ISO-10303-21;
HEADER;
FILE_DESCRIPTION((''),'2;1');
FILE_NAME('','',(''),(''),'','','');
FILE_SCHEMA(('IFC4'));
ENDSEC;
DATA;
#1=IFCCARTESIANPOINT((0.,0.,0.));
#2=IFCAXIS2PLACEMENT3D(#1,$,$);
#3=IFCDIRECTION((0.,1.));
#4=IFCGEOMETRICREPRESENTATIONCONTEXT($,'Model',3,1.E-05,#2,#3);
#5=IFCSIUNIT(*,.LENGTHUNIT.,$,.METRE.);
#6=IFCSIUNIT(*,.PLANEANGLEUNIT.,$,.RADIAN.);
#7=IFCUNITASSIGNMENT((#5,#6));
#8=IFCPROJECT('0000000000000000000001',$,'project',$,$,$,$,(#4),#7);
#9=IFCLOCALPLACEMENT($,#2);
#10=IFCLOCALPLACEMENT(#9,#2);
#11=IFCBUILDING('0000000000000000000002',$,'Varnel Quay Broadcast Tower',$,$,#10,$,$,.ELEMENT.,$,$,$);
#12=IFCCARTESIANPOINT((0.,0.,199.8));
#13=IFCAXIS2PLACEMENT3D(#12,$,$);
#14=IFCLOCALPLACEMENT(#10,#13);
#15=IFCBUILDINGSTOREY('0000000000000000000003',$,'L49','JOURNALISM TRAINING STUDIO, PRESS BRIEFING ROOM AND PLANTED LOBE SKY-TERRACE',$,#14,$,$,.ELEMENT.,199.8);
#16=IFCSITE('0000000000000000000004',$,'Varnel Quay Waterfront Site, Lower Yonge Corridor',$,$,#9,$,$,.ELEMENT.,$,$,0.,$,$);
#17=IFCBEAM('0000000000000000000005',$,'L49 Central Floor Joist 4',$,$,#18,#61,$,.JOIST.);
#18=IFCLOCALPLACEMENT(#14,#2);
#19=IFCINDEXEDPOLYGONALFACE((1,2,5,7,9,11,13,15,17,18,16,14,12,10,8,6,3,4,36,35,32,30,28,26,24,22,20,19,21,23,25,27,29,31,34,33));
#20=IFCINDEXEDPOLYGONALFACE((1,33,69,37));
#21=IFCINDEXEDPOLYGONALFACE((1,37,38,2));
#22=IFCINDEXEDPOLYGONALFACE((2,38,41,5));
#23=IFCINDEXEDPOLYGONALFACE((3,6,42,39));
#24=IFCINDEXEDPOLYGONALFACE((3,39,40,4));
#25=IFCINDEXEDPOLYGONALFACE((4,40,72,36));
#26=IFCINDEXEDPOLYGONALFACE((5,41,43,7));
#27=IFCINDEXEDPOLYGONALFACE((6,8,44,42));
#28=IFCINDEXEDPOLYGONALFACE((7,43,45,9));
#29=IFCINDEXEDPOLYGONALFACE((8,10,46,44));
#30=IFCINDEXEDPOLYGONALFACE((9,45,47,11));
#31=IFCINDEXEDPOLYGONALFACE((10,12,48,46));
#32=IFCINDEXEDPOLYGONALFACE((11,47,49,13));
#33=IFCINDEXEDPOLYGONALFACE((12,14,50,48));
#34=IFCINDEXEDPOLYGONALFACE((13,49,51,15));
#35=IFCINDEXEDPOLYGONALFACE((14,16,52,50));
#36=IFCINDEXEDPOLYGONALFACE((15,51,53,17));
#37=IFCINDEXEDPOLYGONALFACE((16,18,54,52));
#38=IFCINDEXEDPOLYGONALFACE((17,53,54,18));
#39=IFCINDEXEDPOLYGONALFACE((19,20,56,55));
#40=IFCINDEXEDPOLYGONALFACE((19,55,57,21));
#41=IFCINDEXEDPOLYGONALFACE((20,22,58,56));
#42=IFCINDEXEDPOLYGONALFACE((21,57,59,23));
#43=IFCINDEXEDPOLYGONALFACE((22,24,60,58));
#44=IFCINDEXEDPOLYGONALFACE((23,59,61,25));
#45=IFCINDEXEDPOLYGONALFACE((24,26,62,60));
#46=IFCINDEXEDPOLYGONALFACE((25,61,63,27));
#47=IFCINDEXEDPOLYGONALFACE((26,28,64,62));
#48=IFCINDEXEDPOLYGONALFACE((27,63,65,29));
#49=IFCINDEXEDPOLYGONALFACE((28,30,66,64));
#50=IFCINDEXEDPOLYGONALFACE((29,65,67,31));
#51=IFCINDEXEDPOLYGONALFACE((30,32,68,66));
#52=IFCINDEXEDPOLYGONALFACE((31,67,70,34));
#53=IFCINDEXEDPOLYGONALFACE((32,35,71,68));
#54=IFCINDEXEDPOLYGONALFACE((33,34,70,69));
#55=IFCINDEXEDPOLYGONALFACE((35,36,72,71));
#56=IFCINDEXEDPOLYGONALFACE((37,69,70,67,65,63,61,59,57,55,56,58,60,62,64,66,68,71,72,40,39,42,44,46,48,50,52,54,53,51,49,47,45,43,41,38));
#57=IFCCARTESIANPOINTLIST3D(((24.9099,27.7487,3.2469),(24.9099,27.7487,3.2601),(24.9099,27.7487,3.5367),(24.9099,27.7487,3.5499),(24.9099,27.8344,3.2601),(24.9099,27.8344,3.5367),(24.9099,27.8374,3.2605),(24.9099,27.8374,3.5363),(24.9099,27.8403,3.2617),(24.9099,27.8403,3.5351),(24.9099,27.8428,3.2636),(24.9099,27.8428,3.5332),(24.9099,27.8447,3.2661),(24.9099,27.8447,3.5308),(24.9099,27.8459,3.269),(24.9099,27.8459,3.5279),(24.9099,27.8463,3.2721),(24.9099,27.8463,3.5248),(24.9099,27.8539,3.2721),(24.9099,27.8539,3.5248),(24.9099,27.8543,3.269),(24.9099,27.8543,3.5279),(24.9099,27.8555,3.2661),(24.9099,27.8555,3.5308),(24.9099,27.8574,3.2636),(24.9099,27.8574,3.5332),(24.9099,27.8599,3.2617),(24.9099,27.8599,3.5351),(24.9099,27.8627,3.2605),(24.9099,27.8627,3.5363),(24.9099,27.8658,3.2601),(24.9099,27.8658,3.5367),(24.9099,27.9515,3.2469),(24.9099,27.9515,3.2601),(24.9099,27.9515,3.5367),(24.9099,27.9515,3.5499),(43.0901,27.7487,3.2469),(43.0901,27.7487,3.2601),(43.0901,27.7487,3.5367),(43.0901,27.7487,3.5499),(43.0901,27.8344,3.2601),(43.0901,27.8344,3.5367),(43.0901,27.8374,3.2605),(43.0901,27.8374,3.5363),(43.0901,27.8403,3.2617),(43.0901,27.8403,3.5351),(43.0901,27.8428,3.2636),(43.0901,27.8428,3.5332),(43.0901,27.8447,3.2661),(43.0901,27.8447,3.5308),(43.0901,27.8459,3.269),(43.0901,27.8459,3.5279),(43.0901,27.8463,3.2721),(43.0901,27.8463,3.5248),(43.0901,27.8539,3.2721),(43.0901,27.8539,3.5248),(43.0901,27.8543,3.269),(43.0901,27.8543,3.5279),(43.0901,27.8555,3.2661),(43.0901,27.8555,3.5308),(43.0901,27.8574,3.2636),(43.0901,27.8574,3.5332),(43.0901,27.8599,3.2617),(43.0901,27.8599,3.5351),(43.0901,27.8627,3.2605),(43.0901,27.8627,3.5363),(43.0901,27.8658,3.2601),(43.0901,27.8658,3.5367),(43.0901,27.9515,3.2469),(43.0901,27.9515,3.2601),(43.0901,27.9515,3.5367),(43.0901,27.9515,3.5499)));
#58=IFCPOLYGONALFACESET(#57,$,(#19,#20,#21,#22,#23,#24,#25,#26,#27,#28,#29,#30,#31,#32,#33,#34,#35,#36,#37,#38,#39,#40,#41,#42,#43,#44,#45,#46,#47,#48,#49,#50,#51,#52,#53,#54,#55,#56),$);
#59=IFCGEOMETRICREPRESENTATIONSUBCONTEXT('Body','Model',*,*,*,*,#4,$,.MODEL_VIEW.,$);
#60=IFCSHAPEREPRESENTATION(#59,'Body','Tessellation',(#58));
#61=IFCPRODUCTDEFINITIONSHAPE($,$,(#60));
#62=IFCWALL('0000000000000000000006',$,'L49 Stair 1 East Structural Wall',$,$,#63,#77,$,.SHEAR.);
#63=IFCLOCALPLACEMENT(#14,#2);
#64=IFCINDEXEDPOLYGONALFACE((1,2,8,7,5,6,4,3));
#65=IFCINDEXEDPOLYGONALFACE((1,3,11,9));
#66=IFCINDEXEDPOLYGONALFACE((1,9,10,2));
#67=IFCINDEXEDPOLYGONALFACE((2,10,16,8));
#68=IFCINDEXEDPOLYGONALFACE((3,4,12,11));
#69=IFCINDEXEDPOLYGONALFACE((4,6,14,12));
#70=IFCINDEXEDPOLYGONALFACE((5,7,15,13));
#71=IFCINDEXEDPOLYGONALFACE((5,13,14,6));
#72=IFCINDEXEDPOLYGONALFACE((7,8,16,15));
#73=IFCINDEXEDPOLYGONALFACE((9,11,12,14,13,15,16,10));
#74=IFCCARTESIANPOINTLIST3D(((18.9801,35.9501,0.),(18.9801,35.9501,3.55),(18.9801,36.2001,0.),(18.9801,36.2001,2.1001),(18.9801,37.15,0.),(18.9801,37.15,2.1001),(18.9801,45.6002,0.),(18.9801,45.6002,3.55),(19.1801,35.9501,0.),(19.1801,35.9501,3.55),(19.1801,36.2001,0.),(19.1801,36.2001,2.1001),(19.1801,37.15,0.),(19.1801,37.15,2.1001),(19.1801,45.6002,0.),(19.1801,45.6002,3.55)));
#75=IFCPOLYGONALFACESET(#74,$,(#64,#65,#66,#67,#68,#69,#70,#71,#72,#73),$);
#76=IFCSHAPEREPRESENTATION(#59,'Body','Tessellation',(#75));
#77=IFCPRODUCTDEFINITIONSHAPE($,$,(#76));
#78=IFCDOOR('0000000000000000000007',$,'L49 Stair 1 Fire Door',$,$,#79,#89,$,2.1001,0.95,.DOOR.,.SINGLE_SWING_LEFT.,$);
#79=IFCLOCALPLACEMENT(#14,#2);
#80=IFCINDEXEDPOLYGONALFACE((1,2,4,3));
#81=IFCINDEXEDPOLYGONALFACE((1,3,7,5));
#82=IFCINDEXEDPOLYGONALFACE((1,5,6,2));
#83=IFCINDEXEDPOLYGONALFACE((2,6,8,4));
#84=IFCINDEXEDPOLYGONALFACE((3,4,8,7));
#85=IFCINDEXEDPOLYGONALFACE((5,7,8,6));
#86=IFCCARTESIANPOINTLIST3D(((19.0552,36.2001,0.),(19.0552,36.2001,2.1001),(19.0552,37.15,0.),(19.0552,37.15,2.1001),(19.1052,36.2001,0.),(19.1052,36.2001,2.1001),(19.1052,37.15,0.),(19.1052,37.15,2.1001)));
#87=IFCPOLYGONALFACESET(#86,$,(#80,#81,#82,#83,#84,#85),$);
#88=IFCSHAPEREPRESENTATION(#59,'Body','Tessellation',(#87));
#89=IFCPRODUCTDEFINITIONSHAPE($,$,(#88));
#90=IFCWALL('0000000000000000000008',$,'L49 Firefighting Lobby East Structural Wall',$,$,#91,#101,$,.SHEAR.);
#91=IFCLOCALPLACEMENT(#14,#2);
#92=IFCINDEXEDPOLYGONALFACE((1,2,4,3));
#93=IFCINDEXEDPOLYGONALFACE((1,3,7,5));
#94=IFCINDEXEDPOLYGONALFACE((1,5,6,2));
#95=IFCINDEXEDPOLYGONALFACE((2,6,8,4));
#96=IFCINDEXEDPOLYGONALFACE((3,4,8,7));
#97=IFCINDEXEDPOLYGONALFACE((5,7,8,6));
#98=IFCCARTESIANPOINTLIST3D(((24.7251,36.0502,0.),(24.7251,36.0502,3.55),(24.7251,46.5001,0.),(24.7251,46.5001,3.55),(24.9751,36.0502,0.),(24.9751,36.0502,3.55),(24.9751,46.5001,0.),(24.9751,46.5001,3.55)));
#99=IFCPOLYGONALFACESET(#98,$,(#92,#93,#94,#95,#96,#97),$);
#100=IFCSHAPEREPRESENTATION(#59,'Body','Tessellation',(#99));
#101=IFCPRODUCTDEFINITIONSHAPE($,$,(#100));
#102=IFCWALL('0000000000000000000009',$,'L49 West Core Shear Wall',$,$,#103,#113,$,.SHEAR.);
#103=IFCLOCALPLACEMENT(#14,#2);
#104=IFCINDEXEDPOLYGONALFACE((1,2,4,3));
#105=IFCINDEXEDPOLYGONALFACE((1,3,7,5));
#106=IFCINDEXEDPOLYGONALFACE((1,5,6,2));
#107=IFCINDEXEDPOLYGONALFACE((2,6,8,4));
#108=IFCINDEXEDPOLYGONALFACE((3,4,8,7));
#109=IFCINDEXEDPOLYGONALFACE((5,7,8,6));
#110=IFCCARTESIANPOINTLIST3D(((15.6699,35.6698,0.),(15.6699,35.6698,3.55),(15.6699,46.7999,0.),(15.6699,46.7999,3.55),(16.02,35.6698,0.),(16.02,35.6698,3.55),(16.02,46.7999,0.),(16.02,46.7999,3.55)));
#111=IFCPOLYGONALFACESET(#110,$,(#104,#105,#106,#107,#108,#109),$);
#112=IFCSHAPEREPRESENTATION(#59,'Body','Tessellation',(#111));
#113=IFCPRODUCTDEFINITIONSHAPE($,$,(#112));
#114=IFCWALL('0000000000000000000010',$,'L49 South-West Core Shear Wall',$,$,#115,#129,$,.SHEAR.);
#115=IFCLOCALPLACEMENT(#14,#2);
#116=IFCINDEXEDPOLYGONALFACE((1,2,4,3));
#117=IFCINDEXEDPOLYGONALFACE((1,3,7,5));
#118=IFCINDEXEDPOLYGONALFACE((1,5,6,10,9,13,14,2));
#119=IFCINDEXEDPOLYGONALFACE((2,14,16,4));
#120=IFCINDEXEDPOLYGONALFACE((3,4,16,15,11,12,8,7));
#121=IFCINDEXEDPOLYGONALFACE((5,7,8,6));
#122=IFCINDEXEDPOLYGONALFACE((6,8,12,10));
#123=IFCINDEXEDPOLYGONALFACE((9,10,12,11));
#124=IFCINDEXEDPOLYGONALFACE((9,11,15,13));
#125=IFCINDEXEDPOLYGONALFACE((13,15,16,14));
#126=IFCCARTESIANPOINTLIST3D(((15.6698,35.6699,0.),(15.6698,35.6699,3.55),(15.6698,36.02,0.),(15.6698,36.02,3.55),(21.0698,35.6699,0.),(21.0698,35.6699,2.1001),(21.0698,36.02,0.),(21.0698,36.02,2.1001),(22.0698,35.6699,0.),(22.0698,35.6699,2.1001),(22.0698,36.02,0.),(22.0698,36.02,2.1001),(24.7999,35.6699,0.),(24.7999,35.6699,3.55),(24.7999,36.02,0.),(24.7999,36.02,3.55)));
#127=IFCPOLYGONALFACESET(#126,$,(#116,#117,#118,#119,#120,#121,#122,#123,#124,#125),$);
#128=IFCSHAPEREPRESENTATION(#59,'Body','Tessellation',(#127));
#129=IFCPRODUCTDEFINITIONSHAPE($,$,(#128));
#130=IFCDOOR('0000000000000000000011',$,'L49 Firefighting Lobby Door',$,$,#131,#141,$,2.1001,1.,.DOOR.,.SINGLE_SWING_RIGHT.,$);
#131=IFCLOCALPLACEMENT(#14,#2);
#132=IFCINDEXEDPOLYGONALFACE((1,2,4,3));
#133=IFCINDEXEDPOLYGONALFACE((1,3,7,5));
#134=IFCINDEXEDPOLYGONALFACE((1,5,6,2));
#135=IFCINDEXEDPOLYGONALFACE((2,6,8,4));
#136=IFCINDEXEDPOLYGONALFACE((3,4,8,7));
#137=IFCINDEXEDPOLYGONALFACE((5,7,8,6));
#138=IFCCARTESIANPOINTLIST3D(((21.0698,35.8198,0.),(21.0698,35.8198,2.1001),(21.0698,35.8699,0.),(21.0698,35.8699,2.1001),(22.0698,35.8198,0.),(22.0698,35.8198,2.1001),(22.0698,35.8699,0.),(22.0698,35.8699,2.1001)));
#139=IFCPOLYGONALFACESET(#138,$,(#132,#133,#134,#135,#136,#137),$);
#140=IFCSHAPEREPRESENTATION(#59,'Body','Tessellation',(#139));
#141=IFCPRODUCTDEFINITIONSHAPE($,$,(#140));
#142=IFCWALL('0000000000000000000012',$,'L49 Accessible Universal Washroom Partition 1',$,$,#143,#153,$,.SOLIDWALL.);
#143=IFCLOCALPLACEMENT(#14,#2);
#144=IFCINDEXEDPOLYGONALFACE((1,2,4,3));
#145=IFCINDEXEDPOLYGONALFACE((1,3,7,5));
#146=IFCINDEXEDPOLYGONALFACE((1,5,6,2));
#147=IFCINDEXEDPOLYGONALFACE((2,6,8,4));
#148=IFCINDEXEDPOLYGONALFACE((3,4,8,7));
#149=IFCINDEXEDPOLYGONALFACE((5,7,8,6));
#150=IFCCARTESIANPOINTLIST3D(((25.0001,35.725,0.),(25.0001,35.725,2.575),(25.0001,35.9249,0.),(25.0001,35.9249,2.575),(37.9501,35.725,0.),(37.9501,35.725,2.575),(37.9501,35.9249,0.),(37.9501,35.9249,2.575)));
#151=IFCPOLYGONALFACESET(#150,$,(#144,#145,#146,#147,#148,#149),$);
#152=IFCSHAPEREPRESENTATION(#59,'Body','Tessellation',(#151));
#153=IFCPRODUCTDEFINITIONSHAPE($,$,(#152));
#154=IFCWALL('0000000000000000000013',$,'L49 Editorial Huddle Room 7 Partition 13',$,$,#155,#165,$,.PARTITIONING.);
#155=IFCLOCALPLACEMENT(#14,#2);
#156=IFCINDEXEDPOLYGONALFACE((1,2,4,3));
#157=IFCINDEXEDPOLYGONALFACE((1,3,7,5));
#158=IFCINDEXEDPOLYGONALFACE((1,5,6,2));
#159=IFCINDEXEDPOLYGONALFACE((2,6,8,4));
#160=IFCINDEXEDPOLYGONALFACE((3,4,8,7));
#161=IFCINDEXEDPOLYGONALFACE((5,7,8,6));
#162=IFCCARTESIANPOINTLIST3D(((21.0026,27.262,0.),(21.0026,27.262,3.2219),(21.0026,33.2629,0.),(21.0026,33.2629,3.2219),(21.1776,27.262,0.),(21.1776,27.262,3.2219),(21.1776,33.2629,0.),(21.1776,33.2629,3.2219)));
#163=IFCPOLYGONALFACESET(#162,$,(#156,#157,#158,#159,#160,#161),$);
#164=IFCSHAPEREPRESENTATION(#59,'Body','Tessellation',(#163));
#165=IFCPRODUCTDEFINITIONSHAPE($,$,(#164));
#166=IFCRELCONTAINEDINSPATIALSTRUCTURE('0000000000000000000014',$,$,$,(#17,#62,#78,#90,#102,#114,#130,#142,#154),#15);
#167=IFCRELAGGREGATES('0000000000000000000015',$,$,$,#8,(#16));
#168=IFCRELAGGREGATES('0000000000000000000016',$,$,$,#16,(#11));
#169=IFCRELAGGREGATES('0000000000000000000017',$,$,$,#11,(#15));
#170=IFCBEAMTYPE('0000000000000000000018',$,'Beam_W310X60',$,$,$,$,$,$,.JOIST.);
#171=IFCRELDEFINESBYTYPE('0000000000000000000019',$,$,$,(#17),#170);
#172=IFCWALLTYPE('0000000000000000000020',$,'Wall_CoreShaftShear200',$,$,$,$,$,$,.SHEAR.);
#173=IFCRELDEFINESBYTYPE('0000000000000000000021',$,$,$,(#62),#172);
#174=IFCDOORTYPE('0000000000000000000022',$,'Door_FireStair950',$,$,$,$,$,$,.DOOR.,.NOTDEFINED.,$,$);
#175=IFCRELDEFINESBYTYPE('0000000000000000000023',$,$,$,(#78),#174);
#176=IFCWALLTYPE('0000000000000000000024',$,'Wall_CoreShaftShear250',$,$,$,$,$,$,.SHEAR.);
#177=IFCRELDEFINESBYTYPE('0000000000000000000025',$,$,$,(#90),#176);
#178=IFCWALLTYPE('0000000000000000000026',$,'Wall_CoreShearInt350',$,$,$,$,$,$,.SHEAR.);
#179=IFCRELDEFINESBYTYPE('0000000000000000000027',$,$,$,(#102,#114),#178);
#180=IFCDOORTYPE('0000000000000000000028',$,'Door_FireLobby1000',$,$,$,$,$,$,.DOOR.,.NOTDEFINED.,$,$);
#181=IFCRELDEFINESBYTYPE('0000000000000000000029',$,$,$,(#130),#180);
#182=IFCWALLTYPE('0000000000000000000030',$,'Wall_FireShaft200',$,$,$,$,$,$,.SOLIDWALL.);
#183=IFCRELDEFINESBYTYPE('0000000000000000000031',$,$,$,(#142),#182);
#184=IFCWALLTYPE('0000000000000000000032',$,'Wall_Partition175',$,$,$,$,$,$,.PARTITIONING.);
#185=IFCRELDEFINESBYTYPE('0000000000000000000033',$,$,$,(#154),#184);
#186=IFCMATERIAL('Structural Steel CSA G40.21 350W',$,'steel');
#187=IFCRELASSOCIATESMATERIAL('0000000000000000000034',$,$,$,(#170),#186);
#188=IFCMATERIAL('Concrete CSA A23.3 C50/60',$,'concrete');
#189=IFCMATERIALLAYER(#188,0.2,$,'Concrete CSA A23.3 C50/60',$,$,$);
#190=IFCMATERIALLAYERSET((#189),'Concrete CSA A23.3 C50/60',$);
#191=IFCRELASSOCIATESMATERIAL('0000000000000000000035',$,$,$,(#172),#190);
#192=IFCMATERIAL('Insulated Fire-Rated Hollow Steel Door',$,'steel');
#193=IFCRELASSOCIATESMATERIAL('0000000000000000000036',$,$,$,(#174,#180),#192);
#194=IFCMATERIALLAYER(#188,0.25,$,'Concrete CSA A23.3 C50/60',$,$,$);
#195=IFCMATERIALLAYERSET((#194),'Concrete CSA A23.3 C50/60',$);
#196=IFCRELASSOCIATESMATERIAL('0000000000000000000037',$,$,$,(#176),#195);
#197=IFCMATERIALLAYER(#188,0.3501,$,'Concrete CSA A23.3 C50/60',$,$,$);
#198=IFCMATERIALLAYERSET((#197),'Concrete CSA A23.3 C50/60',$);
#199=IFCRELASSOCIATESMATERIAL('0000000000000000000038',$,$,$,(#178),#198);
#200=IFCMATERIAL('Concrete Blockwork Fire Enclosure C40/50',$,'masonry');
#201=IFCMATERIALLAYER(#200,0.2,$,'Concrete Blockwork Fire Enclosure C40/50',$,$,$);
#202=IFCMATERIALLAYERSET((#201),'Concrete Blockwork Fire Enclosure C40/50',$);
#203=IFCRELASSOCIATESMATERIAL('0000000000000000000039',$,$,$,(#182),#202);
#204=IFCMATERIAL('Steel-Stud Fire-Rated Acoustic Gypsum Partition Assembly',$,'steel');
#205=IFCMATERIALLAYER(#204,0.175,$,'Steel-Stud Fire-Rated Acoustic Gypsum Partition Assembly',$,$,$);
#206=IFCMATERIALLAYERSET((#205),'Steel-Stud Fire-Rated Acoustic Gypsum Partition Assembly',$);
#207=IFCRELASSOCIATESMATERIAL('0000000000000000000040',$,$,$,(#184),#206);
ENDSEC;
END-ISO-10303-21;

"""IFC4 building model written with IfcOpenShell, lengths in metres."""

from ifc_helpers import new_model, si_unit, direction, frame, frame_2d, origin, origin_2d, place, context, subcontext, project, spatial, rectangle, i_section, extrude, source, transform, mapped, material, layer, layer_set, material_profile, profile_set, type_object, type_shapes, element, fill, save


model = new_model("IFC4")

# Units and contexts
model_context = context("Model", 3, precision=1e-05, world=origin(), true_north=direction((0.0, 1.0)))
body_context = subcontext(model_context, "Body", "Model", "MODEL_VIEW")
ifc_project = project(units=[si_unit("LENGTHUNIT", "METRE"), si_unit("PLANEANGLEUNIT", "RADIAN")], contexts=[model_context])

# Site, building, storey
site_placement = place(None, origin())
site = spatial("IfcSite", under=ifc_project, at=site_placement, Name="Varnel Quay Waterfront Site, Lower Yonge Corridor", CompositionType="ELEMENT", RefElevation=0.0)
building_placement = place(site_placement, origin())
building = spatial("IfcBuilding", under=site, at=building_placement, Name="Varnel Quay Broadcast Tower", CompositionType="ELEMENT")
storey_placement = place(building_placement, frame((0.0, 0.0, 199.8)))
storey = spatial("IfcBuildingStorey", under=building, at=storey_placement, Name="L49", Description="JOURNALISM TRAINING STUDIO, PRESS BRIEFING ROOM AND PLANTED LOBE SKY-TERRACE", CompositionType="ELEMENT", Elevation=199.8)

# Shared definitions
ifc_material_1 = material(Name="Structural Steel CSA G40.21 350W", Category="steel")

# Beam
ifc_material_2 = material(Name="Concrete CSA A23.3 C50/60", Category="concrete")
ifc_material_profile_1 = material_profile(ifc_material_1, i_section(OverallWidth=0.2029, OverallDepth=0.303, WebThickness=0.0076, FlangeThickness=0.0132, FilletRadius=0.012, at=origin_2d()), Name="W310X60")
ifc_profile_set_1 = profile_set([ifc_material_profile_1], Name="Structural Steel CSA G40.21 350W")
beam_type_1 = type_object("IfcBeamType", Name="Beam_W310X60", PredefinedType="JOIST", material=ifc_profile_set_1)
shared_shape_1 = source(origin(), body_context, "Body", "SweptSolid", [
    extrude(i_section(OverallWidth=0.2029, OverallDepth=0.303, WebThickness=0.0076, FlangeThickness=0.0132, FilletRadius=0.012, at=origin_2d()), origin(), (0.0, 0.0, 1.0), 18.1802),
])
beam_1_placement = place(storey_placement, frame((24.9099, 27.8501, 3.3984), z_axis=(1.0, 0.0, 0.0), x_axis=(0.0, 1.0, 0.0)))
element("IfcBeam", 1, at=beam_1_placement, inside=storey, type_object=beam_type_1, Name="L49 Central Floor Joist 4", PredefinedType="JOIST", context=body_context, shape_type="MappedRepresentation", body=[
    mapped(shared_shape_1, transform((0.0, 0.0, 0.0), x_axis=(1.0, 0.0, 0.0), y_axis=(0.0, 1.0, 0.0), z_axis=(0.0, 0.0, 1.0), scale=1.0)),
])

# Wall, opening, door
ifc_layer_1 = layer(ifc_material_2, 0.2, Name="Concrete CSA A23.3 C50/60")
ifc_layer_set_1 = layer_set([ifc_layer_1], Name="Concrete CSA A23.3 C50/60")
wall_type_1 = type_object("IfcWallType", Name="Wall_CoreShaftShear200", PredefinedType="SHEAR", material=ifc_layer_set_1)
wall_1_placement = place(storey_placement, frame((19.0801, 35.95, 0.0), z_axis=(0.0, 0.0, 1.0), x_axis=(0.0, 1.0, 0.0)))
wall_1 = element("IfcWall", 2, at=wall_1_placement, inside=storey, type_object=wall_type_1, Name="L49 Stair 1 East Structural Wall", PredefinedType="SHEAR", context=body_context, shape_type="SweptSolid", body=[
    extrude(rectangle(XDim=9.6501, YDim=0.2, at=frame_2d((4.8252, 0.0))), origin(), (0.0, 0.0, 1.0), 3.55),
])
opening_1_placement = place(wall_1_placement, frame((0.25, 0.0, 0.0)))
opening_1 = element("IfcOpeningElement", 3, at=opening_1_placement, cuts=wall_1, PredefinedType="OPENING", context=body_context, shape_type="SweptSolid", body=[
    extrude(rectangle(XDim=0.95, YDim=2.1001, at=frame_2d((0.4751, 1.05))), frame((0.0, 0.1099, 0.0), z_axis=(0.0, -1.0, 0.0), x_axis=(1.0, 0.0, 0.0)), (0.0, 0.0, 1.0), 0.22),
])
ifc_material_3 = material(Name="Insulated Fire-Rated Hollow Steel Door", Category="steel")
door_type_1 = type_object("IfcDoorType", Name="Door_FireStair950", OperationType="NOTDEFINED", PredefinedType="DOOR", material=ifc_material_3)
shared_shape_2 = source(origin(), body_context, "Body", "SweptSolid", [
    extrude(rectangle(XDim=0.95, YDim=2.1001, at=frame_2d((0.4751, 1.05))), frame((0.0, 0.0249, 0.0), z_axis=(0.0, -1.0, 0.0), x_axis=(1.0, 0.0, 0.0)), (0.0, 0.0, 1.0), 0.05),
])
type_shapes(door_type_1, [shared_shape_2])
door_1_placement = place(opening_1_placement, origin())
door_1 = element("IfcDoor", 4, at=door_1_placement, inside=storey, type_object=door_type_1, Name="L49 Stair 1 Fire Door", OperationType="SINGLE_SWING_LEFT", OverallHeight=2.1001, OverallWidth=0.95, PredefinedType="DOOR", context=body_context, shape_type="MappedRepresentation", body=[
    mapped(shared_shape_2, transform((0.0, 0.0, 0.0), x_axis=(1.0, 0.0, 0.0), y_axis=(0.0, 1.0, 0.0), z_axis=(0.0, 0.0, 1.0), scale=1.0)),
])
fill(opening_1, door_1)

# Walls
ifc_layer_2 = layer(ifc_material_2, 0.25, Name="Concrete CSA A23.3 C50/60")
ifc_layer_set_2 = layer_set([ifc_layer_2], Name="Concrete CSA A23.3 C50/60")
wall_type_2 = type_object("IfcWallType", Name="Wall_CoreShaftShear250", PredefinedType="SHEAR", material=ifc_layer_set_2)
wall_2_placement = place(storey_placement, frame((24.8501, 36.05, 0.0), z_axis=(0.0, 0.0, 1.0), x_axis=(0.0, 1.0, 0.0)))
element("IfcWall", 5, at=wall_2_placement, inside=storey, type_object=wall_type_2, Name="L49 Firefighting Lobby East Structural Wall", PredefinedType="SHEAR", context=body_context, shape_type="SweptSolid", body=[
    extrude(rectangle(XDim=10.45, YDim=0.25, at=frame_2d((5.2251, 0.0))), origin(), (0.0, 0.0, 1.0), 3.55),
])
ifc_layer_3 = layer(ifc_material_2, 0.3501, Name="Concrete CSA A23.3 C50/60")
ifc_layer_set_3 = layer_set([ifc_layer_3], Name="Concrete CSA A23.3 C50/60")
wall_type_3 = type_object("IfcWallType", Name="Wall_CoreShearInt350", PredefinedType="SHEAR", material=ifc_layer_set_3)
wall_3_placement = place(storey_placement, frame((15.845, 35.6699, 0.0), z_axis=(0.0, 0.0, 1.0), x_axis=(0.0, 1.0, 0.0)))
element("IfcWall", 6, at=wall_3_placement, inside=storey, type_object=wall_type_3, Name="L49 West Core Shear Wall", PredefinedType="SHEAR", context=body_context, shape_type="SweptSolid", body=[
    extrude(rectangle(XDim=11.1301, YDim=0.3501, at=frame_2d((5.5649, 0.0))), origin(), (0.0, 0.0, 1.0), 3.55),
])

# Wall, opening, door
wall_4_placement = place(storey_placement, frame((15.6699, 35.845, 0.0), z_axis=(0.0, 0.0, 1.0), x_axis=(1.0, 0.0, 0.0)))
wall_4 = element("IfcWall", 7, at=wall_4_placement, inside=storey, type_object=wall_type_3, Name="L49 South-West Core Shear Wall", PredefinedType="SHEAR", context=body_context, shape_type="SweptSolid", body=[
    extrude(rectangle(XDim=9.1301, YDim=0.3501, at=frame_2d((4.5649, 0.0))), origin(), (0.0, 0.0, 1.0), 3.55),
])
opening_2_placement = place(wall_4_placement, frame((5.3999, 0.0, 0.0)))
opening_2 = element("IfcOpeningElement", 8, at=opening_2_placement, cuts=wall_4, PredefinedType="OPENING", context=body_context, shape_type="SweptSolid", body=[
    extrude(rectangle(XDim=1.0, YDim=2.1001, at=frame_2d((0.5, 1.05))), frame((0.0, 0.1851, 0.0), z_axis=(0.0, -1.0, 0.0), x_axis=(1.0, 0.0, 0.0)), (0.0, 0.0, 1.0), 0.3701),
])
door_type_2 = type_object("IfcDoorType", Name="Door_FireLobby1000", OperationType="NOTDEFINED", PredefinedType="DOOR", material=ifc_material_3)
shared_shape_3 = source(origin(), body_context, "Body", "SweptSolid", [
    extrude(rectangle(XDim=1.0, YDim=2.1001, at=frame_2d((0.5, 1.05))), frame((0.0, 0.0249, 0.0), z_axis=(0.0, -1.0, 0.0), x_axis=(1.0, 0.0, 0.0)), (0.0, 0.0, 1.0), 0.05),
])
type_shapes(door_type_2, [shared_shape_3])
door_2_placement = place(opening_2_placement, origin())
door_2 = element("IfcDoor", 9, at=door_2_placement, inside=storey, type_object=door_type_2, Name="L49 Firefighting Lobby Door", OperationType="SINGLE_SWING_RIGHT", OverallHeight=2.1001, OverallWidth=1.0, PredefinedType="DOOR", context=body_context, shape_type="MappedRepresentation", body=[
    mapped(shared_shape_3, transform((0.0, 0.0, 0.0), x_axis=(1.0, 0.0, 0.0), y_axis=(0.0, 1.0, 0.0), z_axis=(0.0, 0.0, 1.0), scale=1.0)),
])
fill(opening_2, door_2)

# Walls
ifc_material_4 = material(Name="Concrete Blockwork Fire Enclosure C40/50", Category="masonry")
ifc_layer_4 = layer(ifc_material_4, 0.2, Name="Concrete Blockwork Fire Enclosure C40/50")
ifc_layer_set_4 = layer_set([ifc_layer_4], Name="Concrete Blockwork Fire Enclosure C40/50")
wall_type_4 = type_object("IfcWallType", Name="Wall_FireShaft200", PredefinedType="SOLIDWALL", material=ifc_layer_set_4)
wall_5_placement = place(storey_placement, frame((25.0, 35.825, 0.0), z_axis=(0.0, 0.0, 1.0), x_axis=(1.0, 0.0, 0.0)))
element("IfcWall", 10, at=wall_5_placement, inside=storey, type_object=wall_type_4, Name="L49 Accessible Universal Washroom Partition 1", PredefinedType="SOLIDWALL", context=body_context, shape_type="SweptSolid", body=[
    extrude(rectangle(XDim=12.95, YDim=0.2, at=frame_2d((6.4751, 0.0))), origin(), (0.0, 0.0, 1.0), 2.575),
])
ifc_material_5 = material(Name="Steel-Stud Fire-Rated Acoustic Gypsum Partition Assembly", Category="steel")
ifc_layer_5 = layer(ifc_material_5, 0.175, Name="Steel-Stud Fire-Rated Acoustic Gypsum Partition Assembly")
ifc_layer_set_5 = layer_set([ifc_layer_5], Name="Steel-Stud Fire-Rated Acoustic Gypsum Partition Assembly")
wall_type_5 = type_object("IfcWallType", Name="Wall_Partition175", PredefinedType="PARTITIONING", material=ifc_layer_set_5)
wall_6_placement = place(storey_placement, frame((21.0901, 27.262, 0.0), z_axis=(0.0, 0.0, 1.0), x_axis=(0.0, 1.0, 0.0)))
element("IfcWall", 11, at=wall_6_placement, inside=storey, type_object=wall_type_5, Name="L49 Editorial Huddle Room 7 Partition 13", PredefinedType="PARTITIONING", context=body_context, shape_type="SweptSolid", body=[
    extrude(rectangle(XDim=6.001, YDim=0.175, at=frame_2d((3.0005, 0.0))), origin(), (0.0, 0.0, 1.0), 3.2219),
])

save(model, "model.ifc")
